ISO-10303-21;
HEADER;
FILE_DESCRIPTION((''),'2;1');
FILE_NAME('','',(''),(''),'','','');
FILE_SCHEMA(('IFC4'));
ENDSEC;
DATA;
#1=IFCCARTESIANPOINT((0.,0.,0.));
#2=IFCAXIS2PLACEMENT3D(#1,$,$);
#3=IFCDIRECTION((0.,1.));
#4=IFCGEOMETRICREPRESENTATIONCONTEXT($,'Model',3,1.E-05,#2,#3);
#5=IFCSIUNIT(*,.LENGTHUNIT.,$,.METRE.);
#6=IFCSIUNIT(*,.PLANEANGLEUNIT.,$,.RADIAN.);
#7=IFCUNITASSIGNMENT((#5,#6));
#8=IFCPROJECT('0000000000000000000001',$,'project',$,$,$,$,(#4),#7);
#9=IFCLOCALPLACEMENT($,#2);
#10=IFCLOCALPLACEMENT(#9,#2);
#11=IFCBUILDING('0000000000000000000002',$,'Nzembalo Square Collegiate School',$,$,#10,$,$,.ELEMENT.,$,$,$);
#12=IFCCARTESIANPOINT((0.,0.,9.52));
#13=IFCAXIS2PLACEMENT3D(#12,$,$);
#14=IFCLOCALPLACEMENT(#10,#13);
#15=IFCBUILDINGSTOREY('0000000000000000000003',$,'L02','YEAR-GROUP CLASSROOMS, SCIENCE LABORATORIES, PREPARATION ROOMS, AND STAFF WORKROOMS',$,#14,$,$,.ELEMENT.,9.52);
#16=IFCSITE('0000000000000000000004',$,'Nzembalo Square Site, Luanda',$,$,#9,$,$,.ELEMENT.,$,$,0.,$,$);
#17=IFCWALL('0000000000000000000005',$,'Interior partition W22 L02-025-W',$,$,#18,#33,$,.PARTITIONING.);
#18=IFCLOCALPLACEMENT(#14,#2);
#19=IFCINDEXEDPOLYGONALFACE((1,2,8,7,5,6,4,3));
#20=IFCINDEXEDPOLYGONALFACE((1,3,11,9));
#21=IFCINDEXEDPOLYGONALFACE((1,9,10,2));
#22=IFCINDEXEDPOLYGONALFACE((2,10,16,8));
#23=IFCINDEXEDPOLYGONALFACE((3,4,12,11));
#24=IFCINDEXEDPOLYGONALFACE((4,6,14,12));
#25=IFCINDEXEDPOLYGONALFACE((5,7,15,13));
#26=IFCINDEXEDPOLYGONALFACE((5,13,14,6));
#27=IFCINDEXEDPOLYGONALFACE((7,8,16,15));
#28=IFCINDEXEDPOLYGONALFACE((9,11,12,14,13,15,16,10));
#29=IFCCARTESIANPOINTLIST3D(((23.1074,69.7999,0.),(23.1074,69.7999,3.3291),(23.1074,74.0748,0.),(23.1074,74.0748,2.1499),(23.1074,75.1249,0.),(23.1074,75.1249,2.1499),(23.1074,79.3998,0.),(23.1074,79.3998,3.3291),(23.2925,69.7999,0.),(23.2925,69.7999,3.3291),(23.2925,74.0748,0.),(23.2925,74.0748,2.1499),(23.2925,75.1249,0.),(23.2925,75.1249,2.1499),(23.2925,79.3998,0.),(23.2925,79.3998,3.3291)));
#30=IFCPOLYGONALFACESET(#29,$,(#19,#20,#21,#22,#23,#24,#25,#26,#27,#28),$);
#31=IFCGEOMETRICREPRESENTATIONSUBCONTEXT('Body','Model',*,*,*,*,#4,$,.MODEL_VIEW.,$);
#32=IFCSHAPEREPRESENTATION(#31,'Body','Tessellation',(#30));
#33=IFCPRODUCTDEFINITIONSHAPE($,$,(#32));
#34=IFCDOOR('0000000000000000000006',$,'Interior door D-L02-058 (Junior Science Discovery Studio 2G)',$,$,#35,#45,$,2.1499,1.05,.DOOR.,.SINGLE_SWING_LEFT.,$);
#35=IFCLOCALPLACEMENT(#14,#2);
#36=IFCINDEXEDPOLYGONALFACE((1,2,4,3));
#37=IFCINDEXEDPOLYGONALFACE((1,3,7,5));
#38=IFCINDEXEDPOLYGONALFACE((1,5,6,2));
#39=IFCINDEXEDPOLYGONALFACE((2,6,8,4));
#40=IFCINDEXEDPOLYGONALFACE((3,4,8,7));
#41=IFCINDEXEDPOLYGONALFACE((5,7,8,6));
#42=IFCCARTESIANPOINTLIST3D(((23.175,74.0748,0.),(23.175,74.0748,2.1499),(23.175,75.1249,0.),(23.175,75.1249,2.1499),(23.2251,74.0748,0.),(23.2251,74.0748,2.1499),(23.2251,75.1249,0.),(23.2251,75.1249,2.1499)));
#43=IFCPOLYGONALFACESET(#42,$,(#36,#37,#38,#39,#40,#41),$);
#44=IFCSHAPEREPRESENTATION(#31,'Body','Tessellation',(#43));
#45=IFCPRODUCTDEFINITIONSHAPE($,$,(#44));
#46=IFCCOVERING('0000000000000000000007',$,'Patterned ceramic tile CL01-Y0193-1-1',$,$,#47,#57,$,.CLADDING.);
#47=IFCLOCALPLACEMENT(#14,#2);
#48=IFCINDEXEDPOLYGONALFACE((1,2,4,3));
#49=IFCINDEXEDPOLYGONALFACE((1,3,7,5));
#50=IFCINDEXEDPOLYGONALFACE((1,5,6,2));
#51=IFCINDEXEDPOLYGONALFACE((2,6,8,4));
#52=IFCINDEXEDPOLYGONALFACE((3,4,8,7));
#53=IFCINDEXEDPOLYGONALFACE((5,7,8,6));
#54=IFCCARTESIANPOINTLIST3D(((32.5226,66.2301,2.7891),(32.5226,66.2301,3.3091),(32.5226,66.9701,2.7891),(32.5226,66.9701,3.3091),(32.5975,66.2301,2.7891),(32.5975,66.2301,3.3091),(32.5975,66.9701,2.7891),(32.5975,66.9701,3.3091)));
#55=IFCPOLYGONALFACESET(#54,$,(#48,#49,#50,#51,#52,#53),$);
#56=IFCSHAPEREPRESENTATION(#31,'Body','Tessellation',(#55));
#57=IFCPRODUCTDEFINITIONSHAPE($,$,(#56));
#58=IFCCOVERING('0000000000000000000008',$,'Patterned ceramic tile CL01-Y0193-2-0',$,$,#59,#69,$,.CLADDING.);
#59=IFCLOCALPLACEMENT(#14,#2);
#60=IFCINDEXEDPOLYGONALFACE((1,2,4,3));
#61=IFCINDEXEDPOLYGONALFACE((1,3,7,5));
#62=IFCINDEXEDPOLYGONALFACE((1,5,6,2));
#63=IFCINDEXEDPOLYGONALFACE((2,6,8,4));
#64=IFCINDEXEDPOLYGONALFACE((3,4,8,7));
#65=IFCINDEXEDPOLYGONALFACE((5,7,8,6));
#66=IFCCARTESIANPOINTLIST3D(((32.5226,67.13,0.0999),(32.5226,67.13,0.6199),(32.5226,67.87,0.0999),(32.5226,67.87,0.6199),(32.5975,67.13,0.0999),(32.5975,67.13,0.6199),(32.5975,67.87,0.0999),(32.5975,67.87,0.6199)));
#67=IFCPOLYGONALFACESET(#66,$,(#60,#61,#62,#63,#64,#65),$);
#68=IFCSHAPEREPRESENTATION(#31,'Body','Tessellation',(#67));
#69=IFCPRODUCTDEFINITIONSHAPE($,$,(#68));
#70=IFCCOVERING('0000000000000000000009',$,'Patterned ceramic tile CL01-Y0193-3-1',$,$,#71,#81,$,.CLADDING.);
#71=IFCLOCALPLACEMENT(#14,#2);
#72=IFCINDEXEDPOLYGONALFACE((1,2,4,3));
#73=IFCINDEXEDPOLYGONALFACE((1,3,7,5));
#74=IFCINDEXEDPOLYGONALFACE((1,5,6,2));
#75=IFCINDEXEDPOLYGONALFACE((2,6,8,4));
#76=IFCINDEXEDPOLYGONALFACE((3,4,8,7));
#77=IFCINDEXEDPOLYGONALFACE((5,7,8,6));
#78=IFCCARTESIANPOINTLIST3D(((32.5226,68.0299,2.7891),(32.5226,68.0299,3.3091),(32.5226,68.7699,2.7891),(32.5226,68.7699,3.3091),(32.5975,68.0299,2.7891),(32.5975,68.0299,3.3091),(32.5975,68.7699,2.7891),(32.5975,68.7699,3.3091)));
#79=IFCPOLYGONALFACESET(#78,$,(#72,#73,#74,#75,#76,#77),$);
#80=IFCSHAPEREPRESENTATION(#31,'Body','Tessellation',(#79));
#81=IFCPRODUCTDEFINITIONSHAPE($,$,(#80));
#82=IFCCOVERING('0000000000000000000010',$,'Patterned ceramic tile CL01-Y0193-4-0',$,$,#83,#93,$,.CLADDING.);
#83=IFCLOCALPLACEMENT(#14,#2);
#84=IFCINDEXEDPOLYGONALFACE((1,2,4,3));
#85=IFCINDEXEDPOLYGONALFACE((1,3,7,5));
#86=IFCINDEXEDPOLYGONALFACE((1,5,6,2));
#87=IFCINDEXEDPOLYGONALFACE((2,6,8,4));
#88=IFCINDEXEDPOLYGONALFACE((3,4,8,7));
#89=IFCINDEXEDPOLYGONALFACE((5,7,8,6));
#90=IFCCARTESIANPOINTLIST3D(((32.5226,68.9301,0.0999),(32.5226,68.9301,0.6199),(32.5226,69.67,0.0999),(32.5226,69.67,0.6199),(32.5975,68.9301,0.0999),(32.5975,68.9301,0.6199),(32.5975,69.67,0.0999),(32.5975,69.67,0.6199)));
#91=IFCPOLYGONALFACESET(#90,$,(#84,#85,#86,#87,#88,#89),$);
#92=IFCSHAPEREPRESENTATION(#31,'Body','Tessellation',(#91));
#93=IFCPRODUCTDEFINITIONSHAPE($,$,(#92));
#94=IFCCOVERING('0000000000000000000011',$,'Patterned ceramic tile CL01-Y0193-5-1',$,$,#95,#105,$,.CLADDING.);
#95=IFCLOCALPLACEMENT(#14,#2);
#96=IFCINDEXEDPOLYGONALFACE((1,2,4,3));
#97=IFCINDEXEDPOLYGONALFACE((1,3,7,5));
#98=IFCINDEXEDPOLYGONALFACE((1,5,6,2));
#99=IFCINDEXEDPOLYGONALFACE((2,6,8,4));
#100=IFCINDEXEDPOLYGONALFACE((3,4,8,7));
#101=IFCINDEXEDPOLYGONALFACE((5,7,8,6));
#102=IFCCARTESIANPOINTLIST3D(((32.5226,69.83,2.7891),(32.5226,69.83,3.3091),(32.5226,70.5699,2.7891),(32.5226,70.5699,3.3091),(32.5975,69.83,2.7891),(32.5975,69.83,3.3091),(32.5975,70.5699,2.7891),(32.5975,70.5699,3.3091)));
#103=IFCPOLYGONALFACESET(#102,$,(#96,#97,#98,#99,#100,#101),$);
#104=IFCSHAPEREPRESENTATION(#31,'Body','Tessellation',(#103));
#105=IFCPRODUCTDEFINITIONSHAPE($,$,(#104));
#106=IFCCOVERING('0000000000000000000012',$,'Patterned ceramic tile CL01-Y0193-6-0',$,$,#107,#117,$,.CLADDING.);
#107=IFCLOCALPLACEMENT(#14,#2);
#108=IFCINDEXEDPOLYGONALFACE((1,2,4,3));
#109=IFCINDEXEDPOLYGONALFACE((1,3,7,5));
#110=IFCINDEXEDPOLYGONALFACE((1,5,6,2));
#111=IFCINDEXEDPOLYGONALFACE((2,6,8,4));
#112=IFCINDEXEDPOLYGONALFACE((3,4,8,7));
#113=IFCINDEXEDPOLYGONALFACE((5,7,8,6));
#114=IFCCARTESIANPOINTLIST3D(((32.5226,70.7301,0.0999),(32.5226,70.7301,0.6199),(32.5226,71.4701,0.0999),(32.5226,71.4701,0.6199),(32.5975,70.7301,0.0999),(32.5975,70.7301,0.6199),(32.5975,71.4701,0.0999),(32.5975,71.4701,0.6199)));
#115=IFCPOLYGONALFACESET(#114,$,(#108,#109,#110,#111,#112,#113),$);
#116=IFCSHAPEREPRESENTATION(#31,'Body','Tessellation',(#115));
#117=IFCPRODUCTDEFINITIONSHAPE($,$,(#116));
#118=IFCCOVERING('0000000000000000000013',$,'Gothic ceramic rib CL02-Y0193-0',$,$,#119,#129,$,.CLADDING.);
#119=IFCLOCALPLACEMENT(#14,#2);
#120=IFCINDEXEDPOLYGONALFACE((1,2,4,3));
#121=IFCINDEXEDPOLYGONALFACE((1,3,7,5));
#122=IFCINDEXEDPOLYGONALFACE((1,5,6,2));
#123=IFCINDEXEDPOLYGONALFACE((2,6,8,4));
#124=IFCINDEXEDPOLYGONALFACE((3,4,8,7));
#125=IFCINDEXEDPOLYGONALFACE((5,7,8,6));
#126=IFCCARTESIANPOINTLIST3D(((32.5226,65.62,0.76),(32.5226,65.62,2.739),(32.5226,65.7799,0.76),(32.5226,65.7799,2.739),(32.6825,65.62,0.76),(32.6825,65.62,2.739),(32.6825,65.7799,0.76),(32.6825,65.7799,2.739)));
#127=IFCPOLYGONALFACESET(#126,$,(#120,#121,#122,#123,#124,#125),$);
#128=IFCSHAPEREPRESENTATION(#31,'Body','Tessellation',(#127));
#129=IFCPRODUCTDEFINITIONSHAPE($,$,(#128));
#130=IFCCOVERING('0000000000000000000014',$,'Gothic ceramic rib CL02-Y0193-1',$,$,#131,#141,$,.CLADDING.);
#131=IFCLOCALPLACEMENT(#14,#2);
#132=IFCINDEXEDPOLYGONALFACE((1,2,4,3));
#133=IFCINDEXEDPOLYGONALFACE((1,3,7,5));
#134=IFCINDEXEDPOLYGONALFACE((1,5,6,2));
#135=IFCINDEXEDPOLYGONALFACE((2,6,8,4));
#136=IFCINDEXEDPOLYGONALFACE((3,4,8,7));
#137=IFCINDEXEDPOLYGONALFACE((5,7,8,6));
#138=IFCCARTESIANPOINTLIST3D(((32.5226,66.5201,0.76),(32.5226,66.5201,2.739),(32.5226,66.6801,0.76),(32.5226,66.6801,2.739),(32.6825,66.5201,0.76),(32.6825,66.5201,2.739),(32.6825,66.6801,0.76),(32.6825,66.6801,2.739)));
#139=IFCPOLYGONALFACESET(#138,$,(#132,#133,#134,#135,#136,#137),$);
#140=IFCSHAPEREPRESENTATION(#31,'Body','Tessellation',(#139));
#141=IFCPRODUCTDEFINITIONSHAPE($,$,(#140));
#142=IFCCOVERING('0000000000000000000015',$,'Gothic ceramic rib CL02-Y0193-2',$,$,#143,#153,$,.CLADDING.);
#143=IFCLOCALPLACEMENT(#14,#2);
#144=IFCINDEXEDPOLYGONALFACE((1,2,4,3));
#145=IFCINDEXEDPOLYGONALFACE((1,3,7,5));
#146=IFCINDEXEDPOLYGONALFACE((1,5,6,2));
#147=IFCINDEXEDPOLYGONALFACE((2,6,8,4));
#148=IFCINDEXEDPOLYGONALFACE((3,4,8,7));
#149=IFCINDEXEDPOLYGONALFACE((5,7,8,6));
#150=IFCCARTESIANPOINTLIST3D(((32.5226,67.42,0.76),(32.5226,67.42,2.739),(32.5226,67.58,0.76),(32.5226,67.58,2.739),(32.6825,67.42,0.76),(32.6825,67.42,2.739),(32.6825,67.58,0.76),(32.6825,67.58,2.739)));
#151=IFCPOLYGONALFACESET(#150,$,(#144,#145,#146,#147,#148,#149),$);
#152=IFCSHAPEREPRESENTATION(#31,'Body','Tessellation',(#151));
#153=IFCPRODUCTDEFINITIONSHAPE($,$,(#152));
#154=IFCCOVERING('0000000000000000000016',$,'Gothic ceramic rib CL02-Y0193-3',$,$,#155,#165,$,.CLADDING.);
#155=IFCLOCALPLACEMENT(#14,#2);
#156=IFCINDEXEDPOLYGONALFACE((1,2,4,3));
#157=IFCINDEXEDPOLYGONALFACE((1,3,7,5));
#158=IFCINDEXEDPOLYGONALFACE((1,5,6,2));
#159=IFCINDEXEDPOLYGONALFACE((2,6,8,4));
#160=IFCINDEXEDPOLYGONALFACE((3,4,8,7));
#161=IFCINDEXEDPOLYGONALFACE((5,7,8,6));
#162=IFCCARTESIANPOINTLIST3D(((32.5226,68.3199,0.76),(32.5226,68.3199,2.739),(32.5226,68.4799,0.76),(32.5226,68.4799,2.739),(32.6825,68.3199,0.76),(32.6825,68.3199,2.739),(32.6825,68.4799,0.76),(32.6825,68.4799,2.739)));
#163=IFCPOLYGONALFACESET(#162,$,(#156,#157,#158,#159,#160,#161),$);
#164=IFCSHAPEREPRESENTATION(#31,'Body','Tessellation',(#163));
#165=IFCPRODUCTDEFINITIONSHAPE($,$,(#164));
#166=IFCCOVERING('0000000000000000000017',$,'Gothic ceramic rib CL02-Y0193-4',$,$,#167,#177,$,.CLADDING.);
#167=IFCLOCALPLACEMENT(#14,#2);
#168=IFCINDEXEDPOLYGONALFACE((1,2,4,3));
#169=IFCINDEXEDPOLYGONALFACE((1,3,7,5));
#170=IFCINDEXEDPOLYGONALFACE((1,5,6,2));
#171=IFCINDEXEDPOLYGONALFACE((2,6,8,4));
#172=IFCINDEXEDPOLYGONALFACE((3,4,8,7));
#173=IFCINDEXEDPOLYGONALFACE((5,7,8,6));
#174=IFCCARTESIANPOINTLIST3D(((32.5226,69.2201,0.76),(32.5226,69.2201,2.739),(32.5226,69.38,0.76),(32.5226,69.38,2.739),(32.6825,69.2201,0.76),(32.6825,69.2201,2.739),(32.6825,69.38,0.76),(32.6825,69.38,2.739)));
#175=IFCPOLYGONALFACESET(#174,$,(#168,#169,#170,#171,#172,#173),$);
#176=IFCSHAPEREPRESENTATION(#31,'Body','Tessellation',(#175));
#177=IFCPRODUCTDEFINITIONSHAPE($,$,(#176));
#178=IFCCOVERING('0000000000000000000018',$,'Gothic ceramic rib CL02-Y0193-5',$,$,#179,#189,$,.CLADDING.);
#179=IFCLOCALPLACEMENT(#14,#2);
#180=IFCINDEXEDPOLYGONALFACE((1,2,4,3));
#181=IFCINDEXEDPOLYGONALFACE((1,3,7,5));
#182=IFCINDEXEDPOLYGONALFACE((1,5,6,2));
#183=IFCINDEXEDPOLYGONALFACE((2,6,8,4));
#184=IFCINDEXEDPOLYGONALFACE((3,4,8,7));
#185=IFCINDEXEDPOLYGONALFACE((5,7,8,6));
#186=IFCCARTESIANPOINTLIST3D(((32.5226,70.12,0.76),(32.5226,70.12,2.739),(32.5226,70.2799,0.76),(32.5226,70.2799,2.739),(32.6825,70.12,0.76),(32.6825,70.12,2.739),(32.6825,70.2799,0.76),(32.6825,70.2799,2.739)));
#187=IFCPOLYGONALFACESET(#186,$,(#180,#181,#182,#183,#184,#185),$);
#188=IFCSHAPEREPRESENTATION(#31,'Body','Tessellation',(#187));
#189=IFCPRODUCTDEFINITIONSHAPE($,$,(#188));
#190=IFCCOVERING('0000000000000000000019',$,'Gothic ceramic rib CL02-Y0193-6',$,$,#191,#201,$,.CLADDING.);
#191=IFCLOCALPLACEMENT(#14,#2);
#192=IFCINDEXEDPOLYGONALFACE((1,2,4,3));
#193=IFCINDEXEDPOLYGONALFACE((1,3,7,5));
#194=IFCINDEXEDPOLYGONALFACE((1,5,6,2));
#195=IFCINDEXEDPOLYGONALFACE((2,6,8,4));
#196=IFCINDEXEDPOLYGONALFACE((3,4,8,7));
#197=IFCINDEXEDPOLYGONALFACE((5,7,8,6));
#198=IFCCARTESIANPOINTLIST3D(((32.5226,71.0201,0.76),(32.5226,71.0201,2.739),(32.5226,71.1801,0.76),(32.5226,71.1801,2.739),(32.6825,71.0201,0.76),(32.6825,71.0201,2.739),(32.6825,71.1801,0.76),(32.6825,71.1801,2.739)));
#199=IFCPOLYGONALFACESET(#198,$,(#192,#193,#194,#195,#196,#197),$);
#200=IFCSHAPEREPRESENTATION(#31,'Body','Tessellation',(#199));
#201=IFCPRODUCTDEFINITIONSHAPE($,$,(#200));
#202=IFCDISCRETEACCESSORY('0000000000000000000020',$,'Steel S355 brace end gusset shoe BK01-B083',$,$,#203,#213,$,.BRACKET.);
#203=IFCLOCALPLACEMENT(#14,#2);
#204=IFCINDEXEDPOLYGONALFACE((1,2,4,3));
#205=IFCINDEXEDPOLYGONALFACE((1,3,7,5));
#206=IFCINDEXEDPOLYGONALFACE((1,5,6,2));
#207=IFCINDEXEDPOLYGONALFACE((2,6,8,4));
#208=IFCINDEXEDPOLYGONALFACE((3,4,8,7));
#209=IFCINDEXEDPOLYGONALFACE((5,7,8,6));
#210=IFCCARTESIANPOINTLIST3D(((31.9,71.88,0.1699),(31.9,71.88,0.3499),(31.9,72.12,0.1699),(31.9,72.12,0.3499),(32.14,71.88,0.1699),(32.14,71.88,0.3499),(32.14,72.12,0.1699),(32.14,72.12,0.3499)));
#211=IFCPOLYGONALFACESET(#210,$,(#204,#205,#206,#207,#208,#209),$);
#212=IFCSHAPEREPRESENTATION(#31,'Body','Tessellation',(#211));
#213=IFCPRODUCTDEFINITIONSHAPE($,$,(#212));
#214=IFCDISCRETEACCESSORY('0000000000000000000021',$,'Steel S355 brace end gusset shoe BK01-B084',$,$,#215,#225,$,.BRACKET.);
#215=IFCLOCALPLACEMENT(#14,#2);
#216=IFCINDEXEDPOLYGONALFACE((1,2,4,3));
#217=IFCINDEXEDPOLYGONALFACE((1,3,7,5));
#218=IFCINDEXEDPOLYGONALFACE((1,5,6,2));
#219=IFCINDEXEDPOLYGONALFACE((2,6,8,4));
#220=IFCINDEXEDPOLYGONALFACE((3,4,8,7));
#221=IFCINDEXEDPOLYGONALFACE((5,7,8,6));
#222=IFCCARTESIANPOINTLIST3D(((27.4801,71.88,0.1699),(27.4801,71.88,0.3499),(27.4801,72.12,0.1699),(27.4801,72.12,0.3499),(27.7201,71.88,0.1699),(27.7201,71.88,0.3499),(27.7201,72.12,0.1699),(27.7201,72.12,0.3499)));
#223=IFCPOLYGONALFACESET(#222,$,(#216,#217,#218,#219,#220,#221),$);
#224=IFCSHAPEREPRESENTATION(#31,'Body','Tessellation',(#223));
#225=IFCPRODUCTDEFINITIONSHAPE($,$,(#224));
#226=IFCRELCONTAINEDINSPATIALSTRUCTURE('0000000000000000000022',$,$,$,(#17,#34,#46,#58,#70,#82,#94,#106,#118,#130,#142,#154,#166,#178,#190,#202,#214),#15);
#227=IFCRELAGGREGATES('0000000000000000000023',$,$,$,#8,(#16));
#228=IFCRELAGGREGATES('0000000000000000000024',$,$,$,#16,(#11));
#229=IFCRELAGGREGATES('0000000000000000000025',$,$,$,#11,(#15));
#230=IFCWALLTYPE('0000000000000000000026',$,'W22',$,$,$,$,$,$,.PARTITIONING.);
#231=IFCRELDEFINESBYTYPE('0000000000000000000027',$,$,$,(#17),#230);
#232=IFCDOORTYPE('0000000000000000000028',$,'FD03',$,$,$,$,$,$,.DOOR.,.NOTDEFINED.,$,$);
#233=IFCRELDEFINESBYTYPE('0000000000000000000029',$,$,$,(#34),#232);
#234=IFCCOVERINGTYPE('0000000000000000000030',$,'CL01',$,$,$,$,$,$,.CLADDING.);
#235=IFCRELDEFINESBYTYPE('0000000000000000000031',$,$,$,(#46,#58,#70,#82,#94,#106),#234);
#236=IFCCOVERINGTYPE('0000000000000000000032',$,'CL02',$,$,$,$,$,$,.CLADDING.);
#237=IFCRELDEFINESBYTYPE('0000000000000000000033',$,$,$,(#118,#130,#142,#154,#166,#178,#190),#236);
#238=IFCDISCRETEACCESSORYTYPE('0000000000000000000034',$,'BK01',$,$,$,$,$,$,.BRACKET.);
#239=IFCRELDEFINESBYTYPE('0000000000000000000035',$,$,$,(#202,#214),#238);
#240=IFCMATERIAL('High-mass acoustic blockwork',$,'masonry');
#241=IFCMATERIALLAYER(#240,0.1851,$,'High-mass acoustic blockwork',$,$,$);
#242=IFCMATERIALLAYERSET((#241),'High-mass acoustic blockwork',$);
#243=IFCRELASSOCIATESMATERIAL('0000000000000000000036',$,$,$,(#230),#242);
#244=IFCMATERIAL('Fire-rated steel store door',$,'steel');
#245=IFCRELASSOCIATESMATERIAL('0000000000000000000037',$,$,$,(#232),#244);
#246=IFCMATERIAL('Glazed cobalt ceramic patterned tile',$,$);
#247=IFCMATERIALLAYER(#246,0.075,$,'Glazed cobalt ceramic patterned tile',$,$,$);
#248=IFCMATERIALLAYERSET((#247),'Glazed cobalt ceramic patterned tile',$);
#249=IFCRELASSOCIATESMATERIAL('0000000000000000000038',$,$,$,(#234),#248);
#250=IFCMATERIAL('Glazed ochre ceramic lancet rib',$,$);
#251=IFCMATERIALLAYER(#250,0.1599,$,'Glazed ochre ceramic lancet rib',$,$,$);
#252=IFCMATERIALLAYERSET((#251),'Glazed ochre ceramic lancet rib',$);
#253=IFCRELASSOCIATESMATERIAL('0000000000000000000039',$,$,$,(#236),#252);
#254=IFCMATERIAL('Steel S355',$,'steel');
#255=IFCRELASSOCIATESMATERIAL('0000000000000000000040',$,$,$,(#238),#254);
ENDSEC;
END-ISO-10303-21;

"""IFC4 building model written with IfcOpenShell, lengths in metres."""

from ifc_helpers import new_model, si_unit, direction, frame, frame_2d, origin, origin_2d, place, context, subcontext, project, spatial, rectangle, extrude, material, layer, layer_set, type_object, element, fill, save


model = new_model("IFC4")

# Units and contexts
model_context = context("Model", 3, precision=1e-05, world=origin(), true_north=direction((0.0, 1.0)))
body_context = subcontext(model_context, "Body", "Model", "MODEL_VIEW")
ifc_project = project(units=[si_unit("LENGTHUNIT", "METRE"), si_unit("PLANEANGLEUNIT", "RADIAN")], contexts=[model_context])

# Site, building, storey
site_placement = place(None, origin())
site = spatial("IfcSite", under=ifc_project, at=site_placement, Name="Nzembalo Square Site, Luanda", CompositionType="ELEMENT", RefElevation=0.0)
building_placement = place(site_placement, origin())
building = spatial("IfcBuilding", under=site, at=building_placement, Name="Nzembalo Square Collegiate School", CompositionType="ELEMENT")
storey_placement = place(building_placement, frame((0.0, 0.0, 9.52)))
storey = spatial("IfcBuildingStorey", under=building, at=storey_placement, Name="L02", Description="YEAR-GROUP CLASSROOMS, SCIENCE LABORATORIES, PREPARATION ROOMS, AND STAFF WORKROOMS", CompositionType="ELEMENT", Elevation=9.52)

# Wall, opening, door
ifc_material_1 = material(Name="High-mass acoustic blockwork", Category="masonry")
ifc_layer_1 = layer(ifc_material_1, 0.1851, Name="High-mass acoustic blockwork")
ifc_layer_set_1 = layer_set([ifc_layer_1], Name="High-mass acoustic blockwork")
wall_type_1 = type_object("IfcWallType", Name="W22", PredefinedType="PARTITIONING", material=ifc_layer_set_1)
wall_1_placement = place(storey_placement, frame((23.2, 69.8, 0.0), z_axis=(0.0, 0.0, 1.0), x_axis=(0.0, 1.0, 0.0)))
wall_1 = element("IfcWall", 1, at=wall_1_placement, inside=storey, type_object=wall_type_1, Name="Interior partition W22 L02-025-W", PredefinedType="PARTITIONING", context=body_context, shape_type="SweptSolid", body=[
    extrude(rectangle(XDim=9.5999, YDim=0.1851, at=frame_2d((4.7998, 0.0))), origin(), (0.0, 0.0, 1.0), 3.3291),
])
opening_placement = place(wall_1_placement, frame((4.2749, 0.0, 0.0)))
opening = element("IfcOpeningElement", 2, at=opening_placement, cuts=wall_1, PredefinedType="OPENING", context=body_context, shape_type="SweptSolid", body=[
    extrude(rectangle(XDim=1.05, YDim=2.1499, at=frame_2d((0.5249, 1.075))), frame((0.0, 0.1025, 0.0), z_axis=(0.0, -1.0, 0.0), x_axis=(1.0, 0.0, 0.0)), (0.0, 0.0, 1.0), 0.2051),
])
ifc_material_2 = material(Name="Fire-rated steel store door", Category="steel")
door_type = type_object("IfcDoorType", Name="FD03", OperationType="NOTDEFINED", PredefinedType="DOOR", material=ifc_material_2)
door_placement = place(opening_placement, origin())
door = element("IfcDoor", 3, at=door_placement, inside=storey, type_object=door_type, Name="Interior door D-L02-058 (Junior Science Discovery Studio 2G)", OperationType="SINGLE_SWING_LEFT", OverallHeight=2.1499, OverallWidth=1.05, PredefinedType="DOOR", context=body_context, shape_type="SweptSolid", body=[
    extrude(rectangle(XDim=1.05, YDim=2.1499, at=frame_2d((0.5249, 1.075))), frame((0.0, 0.0249, 0.0), z_axis=(0.0, -1.0, 0.0), x_axis=(1.0, 0.0, 0.0)), (0.0, 0.0, 1.0), 0.05),
])
fill(opening, door)

# Coverings
ifc_material_3 = material(Name="Glazed cobalt ceramic patterned tile")
ifc_layer_2 = layer(ifc_material_3, 0.075, Name="Glazed cobalt ceramic patterned tile")
ifc_layer_set_2 = layer_set([ifc_layer_2], Name="Glazed cobalt ceramic patterned tile")
covering_type_1 = type_object("IfcCoveringType", Name="CL01", PredefinedType="CLADDING", material=ifc_layer_set_2)
for number, where, z_axis, x_axis, name in (
    (4, (32.5601, 66.6001, 2.7891), (0.0, 0.0, 1.0), (1.0, 0.0, 0.0), "Patterned ceramic tile CL01-Y0193-1-1"),
    (5, (32.5601, 67.5, 0.0999), (0.0, 0.0, 1.0), (1.0, 0.0, 0.0), "Patterned ceramic tile CL01-Y0193-2-0"),
    (6, (32.5601, 68.3999, 2.7891), (0.0, 0.0, 1.0), (1.0, 0.0, 0.0), "Patterned ceramic tile CL01-Y0193-3-1"),
    (7, (32.5601, 69.3, 0.0999), (0.0, 0.0, 1.0), (1.0, 0.0, 0.0), "Patterned ceramic tile CL01-Y0193-4-0"),
    (8, (32.5601, 70.2, 2.7891), (0.0, 0.0, 1.0), (1.0, 0.0, 0.0), "Patterned ceramic tile CL01-Y0193-5-1"),
    (9, (32.5601, 71.1001, 0.0999), (0.0, 0.0, 1.0), (1.0, 0.0, 0.0), "Patterned ceramic tile CL01-Y0193-6-0"),
):
    element("IfcCovering", number, at=place(storey_placement, frame(where, z_axis=z_axis, x_axis=x_axis)), inside=storey, type_object=covering_type_1, Name=name, PredefinedType="CLADDING", context=body_context, shape_type="SweptSolid", body=[
        extrude(rectangle(XDim=0.075, YDim=0.74, at=origin_2d()), origin(), (0.0, 0.0, 1.0), 0.52),
    ])
ifc_material_4 = material(Name="Glazed ochre ceramic lancet rib")
ifc_layer_3 = layer(ifc_material_4, 0.1599, Name="Glazed ochre ceramic lancet rib")
ifc_layer_set_3 = layer_set([ifc_layer_3], Name="Glazed ochre ceramic lancet rib")
covering_type_2 = type_object("IfcCoveringType", Name="CL02", PredefinedType="CLADDING", material=ifc_layer_set_3)
for number, where, z_axis, x_axis, name in (
    (10, (32.6025, 65.7, 0.76), (0.0, 0.0, 1.0), (1.0, 0.0, 0.0), "Gothic ceramic rib CL02-Y0193-0"),
    (11, (32.6025, 66.6001, 0.76), (0.0, 0.0, 1.0), (1.0, 0.0, 0.0), "Gothic ceramic rib CL02-Y0193-1"),
    (12, (32.6025, 67.5, 0.76), (0.0, 0.0, 1.0), (1.0, 0.0, 0.0), "Gothic ceramic rib CL02-Y0193-2"),
    (13, (32.6025, 68.3999, 0.76), (0.0, 0.0, 1.0), (1.0, 0.0, 0.0), "Gothic ceramic rib CL02-Y0193-3"),
    (14, (32.6025, 69.3, 0.76), (0.0, 0.0, 1.0), (1.0, 0.0, 0.0), "Gothic ceramic rib CL02-Y0193-4"),
    (15, (32.6025, 70.2, 0.76), (0.0, 0.0, 1.0), (1.0, 0.0, 0.0), "Gothic ceramic rib CL02-Y0193-5"),
    (16, (32.6025, 71.1001, 0.76), (0.0, 0.0, 1.0), (1.0, 0.0, 0.0), "Gothic ceramic rib CL02-Y0193-6"),
):
    element("IfcCovering", number, at=place(storey_placement, frame(where, z_axis=z_axis, x_axis=x_axis)), inside=storey, type_object=covering_type_2, Name=name, PredefinedType="CLADDING", context=body_context, shape_type="SweptSolid", body=[
        extrude(rectangle(XDim=0.1599, YDim=0.1599, at=origin_2d()), origin(), (0.0, 0.0, 1.0), 1.979),
    ])

# Discrete accessories
ifc_material_5 = material(Name="Steel S355", Category="steel")
discrete_accessory_type = type_object("IfcDiscreteAccessoryType", Name="BK01", PredefinedType="BRACKET", material=ifc_material_5)
for number, where, z_axis, x_axis, name in (
    (17, (32.02, 72.0, 0.1699), (0.0, 0.0, 1.0), (1.0, 0.0, 0.0), "Steel S355 brace end gusset shoe BK01-B083"),
    (18, (27.6001, 72.0, 0.1699), (0.0, 0.0, 1.0), (1.0, 0.0, 0.0), "Steel S355 brace end gusset shoe BK01-B084"),
):
    element("IfcDiscreteAccessory", number, at=place(storey_placement, frame(where, z_axis=z_axis, x_axis=x_axis)), inside=storey, type_object=discrete_accessory_type, Name=name, PredefinedType="BRACKET", context=body_context, shape_type="SweptSolid", body=[
        extrude(rectangle(XDim=0.24, YDim=0.24, at=origin_2d()), origin(), (0.0, 0.0, 1.0), 0.1799),
    ])

save(model, "model.ifc")
